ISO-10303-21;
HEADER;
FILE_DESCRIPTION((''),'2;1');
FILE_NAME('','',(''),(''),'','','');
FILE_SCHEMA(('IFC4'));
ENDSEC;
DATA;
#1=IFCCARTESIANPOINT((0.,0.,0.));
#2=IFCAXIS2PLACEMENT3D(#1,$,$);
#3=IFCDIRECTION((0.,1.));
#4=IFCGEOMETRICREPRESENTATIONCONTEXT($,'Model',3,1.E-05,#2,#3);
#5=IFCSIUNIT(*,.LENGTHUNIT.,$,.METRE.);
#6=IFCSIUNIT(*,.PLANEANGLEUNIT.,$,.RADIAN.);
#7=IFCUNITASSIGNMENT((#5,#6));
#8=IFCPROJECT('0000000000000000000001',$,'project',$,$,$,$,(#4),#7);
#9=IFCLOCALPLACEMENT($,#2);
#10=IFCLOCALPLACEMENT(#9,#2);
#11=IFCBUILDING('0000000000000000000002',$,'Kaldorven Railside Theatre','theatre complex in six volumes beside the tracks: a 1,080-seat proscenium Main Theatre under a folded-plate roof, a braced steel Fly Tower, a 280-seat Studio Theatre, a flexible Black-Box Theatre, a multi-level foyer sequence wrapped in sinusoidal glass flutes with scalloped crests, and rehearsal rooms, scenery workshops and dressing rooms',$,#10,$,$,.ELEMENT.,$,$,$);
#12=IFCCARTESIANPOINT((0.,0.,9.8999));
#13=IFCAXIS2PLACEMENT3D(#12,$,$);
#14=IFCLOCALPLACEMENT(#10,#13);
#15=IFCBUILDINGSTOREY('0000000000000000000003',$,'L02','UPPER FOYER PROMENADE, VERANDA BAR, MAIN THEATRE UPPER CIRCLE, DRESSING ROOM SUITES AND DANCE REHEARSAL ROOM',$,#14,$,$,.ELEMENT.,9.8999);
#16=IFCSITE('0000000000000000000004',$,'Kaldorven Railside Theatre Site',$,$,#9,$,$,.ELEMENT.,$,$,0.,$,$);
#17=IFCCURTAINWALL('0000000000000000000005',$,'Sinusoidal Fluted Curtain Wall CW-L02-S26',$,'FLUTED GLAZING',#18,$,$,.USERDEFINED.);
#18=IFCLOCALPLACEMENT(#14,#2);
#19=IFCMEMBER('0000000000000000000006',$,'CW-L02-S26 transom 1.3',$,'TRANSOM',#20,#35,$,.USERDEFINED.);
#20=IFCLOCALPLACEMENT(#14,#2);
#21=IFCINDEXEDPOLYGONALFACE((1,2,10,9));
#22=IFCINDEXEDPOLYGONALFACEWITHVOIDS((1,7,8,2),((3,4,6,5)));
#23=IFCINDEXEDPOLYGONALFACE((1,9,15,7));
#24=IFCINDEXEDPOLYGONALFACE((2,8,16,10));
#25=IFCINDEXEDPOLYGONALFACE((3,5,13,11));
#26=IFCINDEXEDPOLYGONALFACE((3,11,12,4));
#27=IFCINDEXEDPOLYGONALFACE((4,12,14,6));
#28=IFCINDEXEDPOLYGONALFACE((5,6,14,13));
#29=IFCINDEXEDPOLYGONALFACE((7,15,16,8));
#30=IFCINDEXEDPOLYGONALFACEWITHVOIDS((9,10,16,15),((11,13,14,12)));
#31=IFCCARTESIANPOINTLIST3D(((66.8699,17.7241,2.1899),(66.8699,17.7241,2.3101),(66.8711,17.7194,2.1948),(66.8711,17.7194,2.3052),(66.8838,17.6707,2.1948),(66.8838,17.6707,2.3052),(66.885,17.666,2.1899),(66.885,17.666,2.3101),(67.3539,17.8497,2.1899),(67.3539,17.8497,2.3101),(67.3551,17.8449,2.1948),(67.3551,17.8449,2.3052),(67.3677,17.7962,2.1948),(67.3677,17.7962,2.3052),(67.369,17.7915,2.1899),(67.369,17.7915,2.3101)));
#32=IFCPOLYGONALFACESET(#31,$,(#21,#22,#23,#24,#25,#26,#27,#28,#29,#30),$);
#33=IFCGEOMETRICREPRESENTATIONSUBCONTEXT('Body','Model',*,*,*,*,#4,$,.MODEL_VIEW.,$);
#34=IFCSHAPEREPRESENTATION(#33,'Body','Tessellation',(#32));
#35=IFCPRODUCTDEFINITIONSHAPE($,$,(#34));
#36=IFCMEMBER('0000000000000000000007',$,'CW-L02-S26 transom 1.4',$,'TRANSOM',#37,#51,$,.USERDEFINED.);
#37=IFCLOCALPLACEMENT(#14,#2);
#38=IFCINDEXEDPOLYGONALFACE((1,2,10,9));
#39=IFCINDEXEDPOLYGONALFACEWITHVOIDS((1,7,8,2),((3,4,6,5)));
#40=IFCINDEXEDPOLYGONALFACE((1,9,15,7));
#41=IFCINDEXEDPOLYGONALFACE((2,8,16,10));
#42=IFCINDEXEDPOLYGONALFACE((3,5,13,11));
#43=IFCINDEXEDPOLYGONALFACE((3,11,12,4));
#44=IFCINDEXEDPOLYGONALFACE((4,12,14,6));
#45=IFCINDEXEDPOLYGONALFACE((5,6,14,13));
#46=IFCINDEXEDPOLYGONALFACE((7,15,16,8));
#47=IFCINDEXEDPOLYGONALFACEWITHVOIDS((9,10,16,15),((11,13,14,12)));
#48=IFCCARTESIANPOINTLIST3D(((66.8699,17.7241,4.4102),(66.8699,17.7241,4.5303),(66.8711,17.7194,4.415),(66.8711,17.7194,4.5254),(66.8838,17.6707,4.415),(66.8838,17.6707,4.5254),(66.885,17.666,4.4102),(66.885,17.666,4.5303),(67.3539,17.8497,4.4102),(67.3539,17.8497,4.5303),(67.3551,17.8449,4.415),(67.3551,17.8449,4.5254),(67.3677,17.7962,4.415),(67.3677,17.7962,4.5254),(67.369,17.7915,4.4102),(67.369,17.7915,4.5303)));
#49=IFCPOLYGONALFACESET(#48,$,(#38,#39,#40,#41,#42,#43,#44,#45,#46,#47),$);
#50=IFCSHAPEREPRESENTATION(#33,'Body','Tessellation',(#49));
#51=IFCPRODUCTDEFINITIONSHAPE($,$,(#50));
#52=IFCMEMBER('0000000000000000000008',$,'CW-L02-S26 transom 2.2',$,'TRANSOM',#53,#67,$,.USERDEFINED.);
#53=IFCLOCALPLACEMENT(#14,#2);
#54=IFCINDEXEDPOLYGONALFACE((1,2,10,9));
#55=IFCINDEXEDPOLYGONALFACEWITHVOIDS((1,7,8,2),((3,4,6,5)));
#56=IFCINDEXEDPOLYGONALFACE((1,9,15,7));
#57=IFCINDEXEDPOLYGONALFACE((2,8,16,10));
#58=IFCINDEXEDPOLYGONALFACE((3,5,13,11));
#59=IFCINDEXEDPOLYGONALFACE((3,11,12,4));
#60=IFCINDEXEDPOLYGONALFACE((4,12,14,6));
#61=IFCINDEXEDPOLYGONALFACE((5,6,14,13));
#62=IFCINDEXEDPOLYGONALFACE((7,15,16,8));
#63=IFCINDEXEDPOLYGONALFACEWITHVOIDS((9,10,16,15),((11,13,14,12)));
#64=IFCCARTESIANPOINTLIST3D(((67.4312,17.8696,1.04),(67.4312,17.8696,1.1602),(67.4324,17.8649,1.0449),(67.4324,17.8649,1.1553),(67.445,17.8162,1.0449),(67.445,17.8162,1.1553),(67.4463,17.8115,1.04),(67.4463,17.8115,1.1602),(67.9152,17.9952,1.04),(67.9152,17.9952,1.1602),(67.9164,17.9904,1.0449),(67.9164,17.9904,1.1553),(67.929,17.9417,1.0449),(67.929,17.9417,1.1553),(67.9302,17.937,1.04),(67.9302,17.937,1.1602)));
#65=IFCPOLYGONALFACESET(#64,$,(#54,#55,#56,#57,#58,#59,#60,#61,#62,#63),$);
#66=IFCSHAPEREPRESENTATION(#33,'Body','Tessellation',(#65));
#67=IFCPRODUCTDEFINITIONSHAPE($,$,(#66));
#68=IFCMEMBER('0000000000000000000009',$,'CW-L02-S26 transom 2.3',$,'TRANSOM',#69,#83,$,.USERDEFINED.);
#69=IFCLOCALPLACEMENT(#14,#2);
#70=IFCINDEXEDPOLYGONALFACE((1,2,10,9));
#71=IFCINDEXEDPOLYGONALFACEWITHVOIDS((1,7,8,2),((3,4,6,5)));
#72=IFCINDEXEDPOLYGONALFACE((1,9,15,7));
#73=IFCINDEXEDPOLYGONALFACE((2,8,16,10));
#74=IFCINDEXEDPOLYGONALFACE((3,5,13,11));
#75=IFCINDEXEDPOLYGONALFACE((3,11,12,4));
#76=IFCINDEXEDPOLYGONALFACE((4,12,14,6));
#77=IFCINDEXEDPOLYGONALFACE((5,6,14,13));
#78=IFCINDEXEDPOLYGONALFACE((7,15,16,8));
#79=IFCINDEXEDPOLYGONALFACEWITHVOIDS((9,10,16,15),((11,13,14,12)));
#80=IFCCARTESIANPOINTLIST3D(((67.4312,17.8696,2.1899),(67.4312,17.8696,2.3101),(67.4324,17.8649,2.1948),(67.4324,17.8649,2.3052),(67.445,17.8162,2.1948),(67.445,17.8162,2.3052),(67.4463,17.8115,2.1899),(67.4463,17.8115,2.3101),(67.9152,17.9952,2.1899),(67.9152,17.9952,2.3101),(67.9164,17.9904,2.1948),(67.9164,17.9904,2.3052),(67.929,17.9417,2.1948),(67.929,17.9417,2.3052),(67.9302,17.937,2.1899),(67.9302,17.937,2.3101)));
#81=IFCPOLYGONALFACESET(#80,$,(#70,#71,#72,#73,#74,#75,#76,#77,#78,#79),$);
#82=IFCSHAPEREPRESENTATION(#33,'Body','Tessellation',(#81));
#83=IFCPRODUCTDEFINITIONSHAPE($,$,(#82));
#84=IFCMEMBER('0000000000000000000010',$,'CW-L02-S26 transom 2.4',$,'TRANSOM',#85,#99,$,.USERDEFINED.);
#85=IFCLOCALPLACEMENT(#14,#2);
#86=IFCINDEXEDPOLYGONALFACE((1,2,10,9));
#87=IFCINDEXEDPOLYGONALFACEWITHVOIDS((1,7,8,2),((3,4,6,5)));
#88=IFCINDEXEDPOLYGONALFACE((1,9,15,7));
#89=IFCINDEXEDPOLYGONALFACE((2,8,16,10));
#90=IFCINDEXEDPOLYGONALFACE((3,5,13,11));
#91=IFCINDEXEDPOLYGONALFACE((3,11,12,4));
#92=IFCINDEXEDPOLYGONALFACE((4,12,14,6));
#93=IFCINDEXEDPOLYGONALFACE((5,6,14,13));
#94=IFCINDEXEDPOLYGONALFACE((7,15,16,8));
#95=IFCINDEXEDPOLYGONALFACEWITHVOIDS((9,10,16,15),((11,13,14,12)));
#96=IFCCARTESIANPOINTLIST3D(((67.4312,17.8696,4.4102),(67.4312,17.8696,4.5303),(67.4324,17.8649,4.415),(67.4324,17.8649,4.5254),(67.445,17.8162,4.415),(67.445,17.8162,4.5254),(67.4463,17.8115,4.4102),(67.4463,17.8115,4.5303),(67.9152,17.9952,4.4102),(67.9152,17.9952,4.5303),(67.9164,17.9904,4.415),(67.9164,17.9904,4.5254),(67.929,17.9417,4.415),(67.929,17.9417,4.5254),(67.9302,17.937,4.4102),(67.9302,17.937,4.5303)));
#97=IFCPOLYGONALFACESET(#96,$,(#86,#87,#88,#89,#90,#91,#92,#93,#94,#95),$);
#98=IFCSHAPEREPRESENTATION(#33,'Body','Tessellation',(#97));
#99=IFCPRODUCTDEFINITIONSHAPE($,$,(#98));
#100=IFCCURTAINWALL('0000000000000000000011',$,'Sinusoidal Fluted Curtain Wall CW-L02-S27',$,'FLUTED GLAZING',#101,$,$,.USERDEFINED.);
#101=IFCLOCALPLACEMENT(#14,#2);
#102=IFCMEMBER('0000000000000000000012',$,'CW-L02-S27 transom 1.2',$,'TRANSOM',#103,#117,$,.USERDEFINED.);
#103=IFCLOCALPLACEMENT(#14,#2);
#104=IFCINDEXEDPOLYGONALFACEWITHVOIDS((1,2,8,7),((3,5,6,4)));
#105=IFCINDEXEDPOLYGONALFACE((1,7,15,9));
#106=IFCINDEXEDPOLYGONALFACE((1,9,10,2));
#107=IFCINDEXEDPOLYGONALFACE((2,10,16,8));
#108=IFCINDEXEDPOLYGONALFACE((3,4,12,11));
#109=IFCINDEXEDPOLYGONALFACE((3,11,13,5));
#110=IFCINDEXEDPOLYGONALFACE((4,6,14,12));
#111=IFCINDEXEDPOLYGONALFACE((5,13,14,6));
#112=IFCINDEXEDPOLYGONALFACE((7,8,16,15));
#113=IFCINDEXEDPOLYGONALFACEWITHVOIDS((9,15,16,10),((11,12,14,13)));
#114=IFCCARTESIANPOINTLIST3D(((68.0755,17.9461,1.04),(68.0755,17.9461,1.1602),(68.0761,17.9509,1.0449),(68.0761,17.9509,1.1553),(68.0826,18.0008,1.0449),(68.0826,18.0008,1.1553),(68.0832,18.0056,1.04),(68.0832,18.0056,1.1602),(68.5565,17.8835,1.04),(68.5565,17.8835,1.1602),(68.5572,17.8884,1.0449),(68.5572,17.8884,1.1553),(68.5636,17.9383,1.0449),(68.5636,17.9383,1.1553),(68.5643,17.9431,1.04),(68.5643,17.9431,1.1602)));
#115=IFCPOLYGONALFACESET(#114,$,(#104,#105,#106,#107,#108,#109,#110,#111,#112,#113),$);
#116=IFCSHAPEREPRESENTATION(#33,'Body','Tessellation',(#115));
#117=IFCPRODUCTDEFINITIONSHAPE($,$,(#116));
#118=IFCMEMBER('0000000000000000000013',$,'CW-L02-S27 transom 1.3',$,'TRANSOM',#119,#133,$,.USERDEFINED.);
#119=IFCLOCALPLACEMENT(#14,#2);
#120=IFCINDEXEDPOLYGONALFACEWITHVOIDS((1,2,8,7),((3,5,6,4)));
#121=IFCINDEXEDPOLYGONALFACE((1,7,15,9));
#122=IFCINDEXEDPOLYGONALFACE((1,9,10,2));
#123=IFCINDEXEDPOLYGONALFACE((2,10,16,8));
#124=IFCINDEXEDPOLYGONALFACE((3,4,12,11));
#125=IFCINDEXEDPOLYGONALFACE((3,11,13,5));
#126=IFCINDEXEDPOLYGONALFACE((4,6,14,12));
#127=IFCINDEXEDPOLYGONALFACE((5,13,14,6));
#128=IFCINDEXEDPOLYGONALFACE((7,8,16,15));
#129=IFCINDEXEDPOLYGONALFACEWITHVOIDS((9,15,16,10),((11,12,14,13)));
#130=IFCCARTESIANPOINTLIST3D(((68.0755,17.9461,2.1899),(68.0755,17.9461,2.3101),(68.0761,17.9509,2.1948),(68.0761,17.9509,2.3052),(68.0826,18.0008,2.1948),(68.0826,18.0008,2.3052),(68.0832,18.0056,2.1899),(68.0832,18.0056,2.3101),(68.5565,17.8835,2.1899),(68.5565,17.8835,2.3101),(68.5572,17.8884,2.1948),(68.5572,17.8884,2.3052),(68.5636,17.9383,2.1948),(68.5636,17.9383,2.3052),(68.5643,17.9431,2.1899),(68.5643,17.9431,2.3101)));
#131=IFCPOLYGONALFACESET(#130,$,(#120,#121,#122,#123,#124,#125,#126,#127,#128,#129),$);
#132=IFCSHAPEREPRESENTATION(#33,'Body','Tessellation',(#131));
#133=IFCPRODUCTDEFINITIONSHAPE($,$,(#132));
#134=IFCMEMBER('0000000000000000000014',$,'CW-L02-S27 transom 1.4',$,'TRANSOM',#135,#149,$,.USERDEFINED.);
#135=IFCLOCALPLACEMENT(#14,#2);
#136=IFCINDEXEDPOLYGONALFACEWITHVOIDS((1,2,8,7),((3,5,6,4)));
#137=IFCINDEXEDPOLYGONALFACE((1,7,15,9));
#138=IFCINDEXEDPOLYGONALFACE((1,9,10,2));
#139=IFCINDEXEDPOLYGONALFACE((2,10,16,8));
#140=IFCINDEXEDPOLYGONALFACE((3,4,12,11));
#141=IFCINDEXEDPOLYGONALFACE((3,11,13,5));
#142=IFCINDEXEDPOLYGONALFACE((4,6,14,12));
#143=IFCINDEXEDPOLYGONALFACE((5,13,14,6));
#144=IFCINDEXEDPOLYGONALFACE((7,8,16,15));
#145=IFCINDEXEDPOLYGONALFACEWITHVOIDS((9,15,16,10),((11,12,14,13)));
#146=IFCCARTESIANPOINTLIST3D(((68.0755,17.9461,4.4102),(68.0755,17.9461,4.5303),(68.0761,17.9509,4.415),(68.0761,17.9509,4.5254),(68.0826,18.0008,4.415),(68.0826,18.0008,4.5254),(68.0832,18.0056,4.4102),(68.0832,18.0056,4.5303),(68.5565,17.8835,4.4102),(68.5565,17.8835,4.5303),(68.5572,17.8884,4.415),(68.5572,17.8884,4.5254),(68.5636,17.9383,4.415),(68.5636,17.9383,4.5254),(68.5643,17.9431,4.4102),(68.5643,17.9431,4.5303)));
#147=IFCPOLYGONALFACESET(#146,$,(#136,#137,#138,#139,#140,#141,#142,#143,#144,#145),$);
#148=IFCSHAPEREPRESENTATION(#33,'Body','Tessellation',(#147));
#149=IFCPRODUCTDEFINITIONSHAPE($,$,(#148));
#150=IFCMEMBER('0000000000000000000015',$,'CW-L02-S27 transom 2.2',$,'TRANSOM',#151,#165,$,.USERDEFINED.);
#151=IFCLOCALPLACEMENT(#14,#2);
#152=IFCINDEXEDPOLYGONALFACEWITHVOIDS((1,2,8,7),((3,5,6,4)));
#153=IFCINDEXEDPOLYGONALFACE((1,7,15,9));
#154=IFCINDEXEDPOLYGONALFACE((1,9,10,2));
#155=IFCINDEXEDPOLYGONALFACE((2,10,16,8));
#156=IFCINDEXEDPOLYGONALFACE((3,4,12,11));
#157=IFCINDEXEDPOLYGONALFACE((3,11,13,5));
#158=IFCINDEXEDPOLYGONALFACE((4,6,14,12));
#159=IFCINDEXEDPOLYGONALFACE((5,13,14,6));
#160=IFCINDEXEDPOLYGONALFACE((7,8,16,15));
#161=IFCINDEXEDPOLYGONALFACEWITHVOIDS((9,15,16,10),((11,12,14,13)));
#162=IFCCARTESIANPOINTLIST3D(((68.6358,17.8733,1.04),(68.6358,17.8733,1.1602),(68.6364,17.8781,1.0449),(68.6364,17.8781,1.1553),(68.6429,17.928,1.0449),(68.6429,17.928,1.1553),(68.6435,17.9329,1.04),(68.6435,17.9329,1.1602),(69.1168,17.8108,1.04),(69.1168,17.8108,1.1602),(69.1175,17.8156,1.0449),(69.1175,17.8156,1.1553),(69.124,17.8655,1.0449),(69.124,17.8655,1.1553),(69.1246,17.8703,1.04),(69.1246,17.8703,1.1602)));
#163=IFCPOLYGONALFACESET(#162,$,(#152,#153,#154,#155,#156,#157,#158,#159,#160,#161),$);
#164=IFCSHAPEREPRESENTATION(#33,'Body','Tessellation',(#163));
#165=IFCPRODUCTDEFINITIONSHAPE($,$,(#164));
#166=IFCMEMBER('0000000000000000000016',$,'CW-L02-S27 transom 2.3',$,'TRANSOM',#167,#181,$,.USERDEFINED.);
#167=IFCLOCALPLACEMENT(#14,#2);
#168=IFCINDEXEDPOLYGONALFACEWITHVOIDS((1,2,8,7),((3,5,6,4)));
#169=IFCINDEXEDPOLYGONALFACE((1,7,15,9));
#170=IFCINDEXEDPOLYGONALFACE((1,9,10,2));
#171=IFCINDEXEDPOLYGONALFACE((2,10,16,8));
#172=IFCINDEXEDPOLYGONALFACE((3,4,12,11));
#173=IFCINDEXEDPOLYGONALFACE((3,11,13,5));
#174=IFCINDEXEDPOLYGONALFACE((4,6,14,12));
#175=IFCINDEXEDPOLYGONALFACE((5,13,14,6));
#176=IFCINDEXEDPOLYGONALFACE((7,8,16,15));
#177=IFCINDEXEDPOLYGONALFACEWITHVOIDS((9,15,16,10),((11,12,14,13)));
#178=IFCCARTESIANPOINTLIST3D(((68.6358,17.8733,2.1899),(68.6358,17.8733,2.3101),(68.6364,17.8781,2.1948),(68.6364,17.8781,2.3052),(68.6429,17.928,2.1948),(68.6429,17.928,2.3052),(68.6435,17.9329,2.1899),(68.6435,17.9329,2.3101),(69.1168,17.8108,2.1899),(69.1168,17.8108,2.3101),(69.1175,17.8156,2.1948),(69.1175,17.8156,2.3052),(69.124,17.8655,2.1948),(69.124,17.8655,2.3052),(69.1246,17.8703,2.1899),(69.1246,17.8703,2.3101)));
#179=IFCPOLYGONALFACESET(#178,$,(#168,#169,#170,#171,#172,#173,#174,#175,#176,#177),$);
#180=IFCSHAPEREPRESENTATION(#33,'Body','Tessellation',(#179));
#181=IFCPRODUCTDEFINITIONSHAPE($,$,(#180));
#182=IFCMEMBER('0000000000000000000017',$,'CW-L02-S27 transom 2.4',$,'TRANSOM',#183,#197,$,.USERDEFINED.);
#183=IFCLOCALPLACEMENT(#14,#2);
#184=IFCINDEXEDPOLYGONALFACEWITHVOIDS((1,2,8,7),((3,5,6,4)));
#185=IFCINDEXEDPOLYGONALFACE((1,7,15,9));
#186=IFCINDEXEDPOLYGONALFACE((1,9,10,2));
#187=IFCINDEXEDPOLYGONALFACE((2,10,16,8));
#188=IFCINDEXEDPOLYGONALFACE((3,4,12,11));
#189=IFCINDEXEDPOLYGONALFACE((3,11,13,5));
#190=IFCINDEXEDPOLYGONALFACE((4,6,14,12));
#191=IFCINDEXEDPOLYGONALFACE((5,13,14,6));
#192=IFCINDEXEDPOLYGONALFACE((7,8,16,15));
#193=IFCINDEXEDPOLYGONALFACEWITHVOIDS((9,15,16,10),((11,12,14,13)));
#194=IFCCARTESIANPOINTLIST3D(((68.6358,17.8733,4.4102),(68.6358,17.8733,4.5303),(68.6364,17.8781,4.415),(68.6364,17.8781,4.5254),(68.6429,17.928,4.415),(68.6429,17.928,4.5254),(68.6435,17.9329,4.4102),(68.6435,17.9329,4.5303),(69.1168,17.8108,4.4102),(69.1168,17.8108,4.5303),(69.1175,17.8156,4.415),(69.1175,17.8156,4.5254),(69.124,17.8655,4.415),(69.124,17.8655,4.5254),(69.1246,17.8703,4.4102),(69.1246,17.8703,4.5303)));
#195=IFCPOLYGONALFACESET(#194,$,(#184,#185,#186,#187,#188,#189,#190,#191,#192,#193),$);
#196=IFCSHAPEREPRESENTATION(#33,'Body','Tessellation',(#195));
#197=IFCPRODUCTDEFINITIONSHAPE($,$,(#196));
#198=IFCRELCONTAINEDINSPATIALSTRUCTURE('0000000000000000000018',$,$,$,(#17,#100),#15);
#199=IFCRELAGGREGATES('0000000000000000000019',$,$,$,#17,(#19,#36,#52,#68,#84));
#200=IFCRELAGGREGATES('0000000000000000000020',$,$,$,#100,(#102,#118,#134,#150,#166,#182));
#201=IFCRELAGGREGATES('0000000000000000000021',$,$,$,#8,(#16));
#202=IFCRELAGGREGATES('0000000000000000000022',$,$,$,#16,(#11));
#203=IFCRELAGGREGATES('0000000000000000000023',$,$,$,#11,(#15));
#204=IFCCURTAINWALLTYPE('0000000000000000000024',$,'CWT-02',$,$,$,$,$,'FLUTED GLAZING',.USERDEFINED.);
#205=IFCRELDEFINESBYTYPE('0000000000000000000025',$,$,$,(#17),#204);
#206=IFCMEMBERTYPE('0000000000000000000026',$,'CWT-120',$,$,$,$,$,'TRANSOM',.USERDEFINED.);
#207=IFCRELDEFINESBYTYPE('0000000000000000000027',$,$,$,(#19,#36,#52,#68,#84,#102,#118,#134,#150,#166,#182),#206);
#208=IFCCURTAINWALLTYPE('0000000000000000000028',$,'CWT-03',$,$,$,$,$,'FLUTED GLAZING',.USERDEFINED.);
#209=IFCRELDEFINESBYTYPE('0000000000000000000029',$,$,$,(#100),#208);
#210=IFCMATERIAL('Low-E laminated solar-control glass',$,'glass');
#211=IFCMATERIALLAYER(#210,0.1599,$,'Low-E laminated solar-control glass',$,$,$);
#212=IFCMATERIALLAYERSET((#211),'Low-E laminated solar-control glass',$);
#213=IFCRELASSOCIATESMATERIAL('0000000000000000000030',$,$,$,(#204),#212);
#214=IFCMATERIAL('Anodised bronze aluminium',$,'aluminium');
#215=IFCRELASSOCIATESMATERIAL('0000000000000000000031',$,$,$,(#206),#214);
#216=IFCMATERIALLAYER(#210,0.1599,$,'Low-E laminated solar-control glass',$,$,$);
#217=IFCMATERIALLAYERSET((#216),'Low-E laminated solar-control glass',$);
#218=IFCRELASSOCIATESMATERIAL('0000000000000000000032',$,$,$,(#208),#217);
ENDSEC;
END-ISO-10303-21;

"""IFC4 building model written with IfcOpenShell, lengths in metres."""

from ifc_helpers import new_model, si_unit, direction, frame, origin, origin_2d, place, context, subcontext, project, spatial, hollow_rectangle, extrude, material, layer, layer_set, material_profile, profile_set, type_object, element, aggregate, save


model = new_model("IFC4")

# Units and contexts
model_context = context("Model", 3, precision=1e-05, world=origin(), true_north=direction((0.0, 1.0)))
body_context = subcontext(model_context, "Body", "Model", "MODEL_VIEW")
ifc_project = project(units=[si_unit("LENGTHUNIT", "METRE"), si_unit("PLANEANGLEUNIT", "RADIAN")], contexts=[model_context])

# Site, building, storey
site_placement = place(None, origin())
site = spatial("IfcSite", under=ifc_project, at=site_placement, Name="Kaldorven Railside Theatre Site", CompositionType="ELEMENT", RefElevation=0.0)
building_placement = place(site_placement, origin())
building = spatial("IfcBuilding", under=site, at=building_placement, Name="Kaldorven Railside Theatre", Description="theatre complex in six volumes beside the tracks: a 1,080-seat proscenium Main Theatre under a folded-plate roof, a braced steel Fly Tower, a 280-seat Studio Theatre, a flexible Black-Box Theatre, a multi-level foyer sequence wrapped in sinusoidal glass flutes with scalloped crests, and rehearsal rooms, scenery workshops and dressing rooms", CompositionType="ELEMENT")
storey_placement = place(building_placement, frame((0.0, 0.0, 9.8999)))
storey = spatial("IfcBuildingStorey", under=building, at=storey_placement, Name="L02", Description="UPPER FOYER PROMENADE, VERANDA BAR, MAIN THEATRE UPPER CIRCLE, DRESSING ROOM SUITES AND DANCE REHEARSAL ROOM", CompositionType="ELEMENT", Elevation=9.8999)

# Curtain walls, members
ifc_material_1 = material(Name="Low-E laminated solar-control glass", Category="glass")
ifc_layer_1 = layer(ifc_material_1, 0.1599, Name="Low-E laminated solar-control glass")
ifc_layer_set_1 = layer_set([ifc_layer_1], Name="Low-E laminated solar-control glass")
curtain_wall_type_1 = type_object("IfcCurtainWallType", Name="CWT-02", ElementType="FLUTED GLAZING", PredefinedType="USERDEFINED", material=ifc_layer_set_1)
curtain_wall_1_placement = place(storey_placement, origin())
curtain_wall_1 = element("IfcCurtainWall", 1, at=curtain_wall_1_placement, inside=storey, type_object=curtain_wall_type_1, Name="Sinusoidal Fluted Curtain Wall CW-L02-S26", ObjectType="FLUTED GLAZING", PredefinedType="USERDEFINED")
ifc_material_2 = material(Name="Anodised bronze aluminium", Category="aluminium")
ifc_material_profile = material_profile(ifc_material_2, hollow_rectangle(XDim=0.0601, YDim=0.1201, WallThickness=0.0049, at=origin_2d()), Name="RHS 120x60x5")
ifc_profile_set = profile_set([ifc_material_profile], Name="Anodised bronze aluminium")
member_type = type_object("IfcMemberType", Name="CWT-120", ElementType="TRANSOM", PredefinedType="USERDEFINED", material=ifc_profile_set)
member_1_placement = place(storey_placement, frame((66.8774, 17.6951, 2.25), z_axis=(0.967979, 0.25103, 0.0), x_axis=(-0.25103, 0.967979, 0.0)))
member_1 = element("IfcMember", 2, at=member_1_placement, type_object=member_type, Name="CW-L02-S26 transom 1.3", ObjectType="TRANSOM", PredefinedType="USERDEFINED", context=body_context, shape_type="SweptSolid", body=[
    extrude(hollow_rectangle(XDim=0.0601, YDim=0.1201, WallThickness=0.0049, at=origin_2d()), origin(), (0.0, 0.0, 1.0), 0.5),
])
member_2_placement = place(storey_placement, frame((66.8774, 17.6951, 4.4702), z_axis=(0.967979, 0.25103, 0.0), x_axis=(-0.25103, 0.967979, 0.0)))
member_2 = element("IfcMember", 3, at=member_2_placement, type_object=member_type, Name="CW-L02-S26 transom 1.4", ObjectType="TRANSOM", PredefinedType="USERDEFINED", context=body_context, shape_type="SweptSolid", body=[
    extrude(hollow_rectangle(XDim=0.0601, YDim=0.1201, WallThickness=0.0049, at=origin_2d()), origin(), (0.0, 0.0, 1.0), 0.5),
])
member_3_placement = place(storey_placement, frame((67.4387, 17.8406, 1.1001), z_axis=(0.967979, 0.25103, 0.0), x_axis=(-0.25103, 0.967979, 0.0)))
member_3 = element("IfcMember", 4, at=member_3_placement, type_object=member_type, Name="CW-L02-S26 transom 2.2", ObjectType="TRANSOM", PredefinedType="USERDEFINED", context=body_context, shape_type="SweptSolid", body=[
    extrude(hollow_rectangle(XDim=0.0601, YDim=0.1201, WallThickness=0.0049, at=origin_2d()), origin(), (0.0, 0.0, 1.0), 0.5),
])
member_4_placement = place(storey_placement, frame((67.4387, 17.8406, 2.25), z_axis=(0.967979, 0.25103, 0.0), x_axis=(-0.25103, 0.967979, 0.0)))
member_4 = element("IfcMember", 5, at=member_4_placement, type_object=member_type, Name="CW-L02-S26 transom 2.3", ObjectType="TRANSOM", PredefinedType="USERDEFINED", context=body_context, shape_type="SweptSolid", body=[
    extrude(hollow_rectangle(XDim=0.0601, YDim=0.1201, WallThickness=0.0049, at=origin_2d()), origin(), (0.0, 0.0, 1.0), 0.5),
])
member_5_placement = place(storey_placement, frame((67.4387, 17.8406, 4.4702), z_axis=(0.967979, 0.25103, 0.0), x_axis=(-0.25103, 0.967979, 0.0)))
member_5 = element("IfcMember", 6, at=member_5_placement, type_object=member_type, Name="CW-L02-S26 transom 2.4", ObjectType="TRANSOM", PredefinedType="USERDEFINED", context=body_context, shape_type="SweptSolid", body=[
    extrude(hollow_rectangle(XDim=0.0601, YDim=0.1201, WallThickness=0.0049, at=origin_2d()), origin(), (0.0, 0.0, 1.0), 0.5),
])
ifc_layer_2 = layer(ifc_material_1, 0.1599, Name="Low-E laminated solar-control glass")
ifc_layer_set_2 = layer_set([ifc_layer_2], Name="Low-E laminated solar-control glass")
curtain_wall_type_2 = type_object("IfcCurtainWallType", Name="CWT-03", ElementType="FLUTED GLAZING", PredefinedType="USERDEFINED", material=ifc_layer_set_2)
curtain_wall_2_placement = place(storey_placement, origin())
curtain_wall_2 = element("IfcCurtainWall", 7, at=curtain_wall_2_placement, inside=storey, type_object=curtain_wall_type_2, Name="Sinusoidal Fluted Curtain Wall CW-L02-S27", ObjectType="FLUTED GLAZING", PredefinedType="USERDEFINED")
member_6_placement = place(storey_placement, frame((68.0793, 17.9758, 1.1001), z_axis=(0.991662, -0.128866, 0.0), x_axis=(0.128866, 0.991662, 0.0)))
member_6 = element("IfcMember", 8, at=member_6_placement, type_object=member_type, Name="CW-L02-S27 transom 1.2", ObjectType="TRANSOM", PredefinedType="USERDEFINED", context=body_context, shape_type="SweptSolid", body=[
    extrude(hollow_rectangle(XDim=0.0601, YDim=0.1201, WallThickness=0.0049, at=origin_2d()), origin(), (0.0, 0.0, 1.0), 0.4851),
])
member_7_placement = place(storey_placement, frame((68.0793, 17.9758, 2.25), z_axis=(0.991662, -0.128866, 0.0), x_axis=(0.128866, 0.991662, 0.0)))
member_7 = element("IfcMember", 9, at=member_7_placement, type_object=member_type, Name="CW-L02-S27 transom 1.3", ObjectType="TRANSOM", PredefinedType="USERDEFINED", context=body_context, shape_type="SweptSolid", body=[
    extrude(hollow_rectangle(XDim=0.0601, YDim=0.1201, WallThickness=0.0049, at=origin_2d()), origin(), (0.0, 0.0, 1.0), 0.4851),
])
member_8_placement = place(storey_placement, frame((68.0793, 17.9758, 4.4702), z_axis=(0.991662, -0.128866, 0.0), x_axis=(0.128866, 0.991662, 0.0)))
member_8 = element("IfcMember", 10, at=member_8_placement, type_object=member_type, Name="CW-L02-S27 transom 1.4", ObjectType="TRANSOM", PredefinedType="USERDEFINED", context=body_context, shape_type="SweptSolid", body=[
    extrude(hollow_rectangle(XDim=0.0601, YDim=0.1201, WallThickness=0.0049, at=origin_2d()), origin(), (0.0, 0.0, 1.0), 0.4851),
])
member_9_placement = place(storey_placement, frame((68.6396, 17.9031, 1.1001), z_axis=(0.991662, -0.128866, 0.0), x_axis=(0.128866, 0.991662, 0.0)))
member_9 = element("IfcMember", 11, at=member_9_placement, type_object=member_type, Name="CW-L02-S27 transom 2.2", ObjectType="TRANSOM", PredefinedType="USERDEFINED", context=body_context, shape_type="SweptSolid", body=[
    extrude(hollow_rectangle(XDim=0.0601, YDim=0.1201, WallThickness=0.0049, at=origin_2d()), origin(), (0.0, 0.0, 1.0), 0.4851),
])
member_10_placement = place(storey_placement, frame((68.6396, 17.9031, 2.25), z_axis=(0.991662, -0.128866, 0.0), x_axis=(0.128866, 0.991662, 0.0)))
member_10 = element("IfcMember", 12, at=member_10_placement, type_object=member_type, Name="CW-L02-S27 transom 2.3", ObjectType="TRANSOM", PredefinedType="USERDEFINED", context=body_context, shape_type="SweptSolid", body=[
    extrude(hollow_rectangle(XDim=0.0601, YDim=0.1201, WallThickness=0.0049, at=origin_2d()), origin(), (0.0, 0.0, 1.0), 0.4851),
])
member_11_placement = place(storey_placement, frame((68.6396, 17.9031, 4.4702), z_axis=(0.991662, -0.128866, 0.0), x_axis=(0.128866, 0.991662, 0.0)))
member_11 = element("IfcMember", 13, at=member_11_placement, type_object=member_type, Name="CW-L02-S27 transom 2.4", ObjectType="TRANSOM", PredefinedType="USERDEFINED", context=body_context, shape_type="SweptSolid", body=[
    extrude(hollow_rectangle(XDim=0.0601, YDim=0.1201, WallThickness=0.0049, at=origin_2d()), origin(), (0.0, 0.0, 1.0), 0.4851),
])

aggregate(curtain_wall_1, [member_1, member_2, member_3, member_4, member_5])
aggregate(curtain_wall_2, [member_6, member_7, member_8, member_9, member_10, member_11])

save(model, "model.ifc")
